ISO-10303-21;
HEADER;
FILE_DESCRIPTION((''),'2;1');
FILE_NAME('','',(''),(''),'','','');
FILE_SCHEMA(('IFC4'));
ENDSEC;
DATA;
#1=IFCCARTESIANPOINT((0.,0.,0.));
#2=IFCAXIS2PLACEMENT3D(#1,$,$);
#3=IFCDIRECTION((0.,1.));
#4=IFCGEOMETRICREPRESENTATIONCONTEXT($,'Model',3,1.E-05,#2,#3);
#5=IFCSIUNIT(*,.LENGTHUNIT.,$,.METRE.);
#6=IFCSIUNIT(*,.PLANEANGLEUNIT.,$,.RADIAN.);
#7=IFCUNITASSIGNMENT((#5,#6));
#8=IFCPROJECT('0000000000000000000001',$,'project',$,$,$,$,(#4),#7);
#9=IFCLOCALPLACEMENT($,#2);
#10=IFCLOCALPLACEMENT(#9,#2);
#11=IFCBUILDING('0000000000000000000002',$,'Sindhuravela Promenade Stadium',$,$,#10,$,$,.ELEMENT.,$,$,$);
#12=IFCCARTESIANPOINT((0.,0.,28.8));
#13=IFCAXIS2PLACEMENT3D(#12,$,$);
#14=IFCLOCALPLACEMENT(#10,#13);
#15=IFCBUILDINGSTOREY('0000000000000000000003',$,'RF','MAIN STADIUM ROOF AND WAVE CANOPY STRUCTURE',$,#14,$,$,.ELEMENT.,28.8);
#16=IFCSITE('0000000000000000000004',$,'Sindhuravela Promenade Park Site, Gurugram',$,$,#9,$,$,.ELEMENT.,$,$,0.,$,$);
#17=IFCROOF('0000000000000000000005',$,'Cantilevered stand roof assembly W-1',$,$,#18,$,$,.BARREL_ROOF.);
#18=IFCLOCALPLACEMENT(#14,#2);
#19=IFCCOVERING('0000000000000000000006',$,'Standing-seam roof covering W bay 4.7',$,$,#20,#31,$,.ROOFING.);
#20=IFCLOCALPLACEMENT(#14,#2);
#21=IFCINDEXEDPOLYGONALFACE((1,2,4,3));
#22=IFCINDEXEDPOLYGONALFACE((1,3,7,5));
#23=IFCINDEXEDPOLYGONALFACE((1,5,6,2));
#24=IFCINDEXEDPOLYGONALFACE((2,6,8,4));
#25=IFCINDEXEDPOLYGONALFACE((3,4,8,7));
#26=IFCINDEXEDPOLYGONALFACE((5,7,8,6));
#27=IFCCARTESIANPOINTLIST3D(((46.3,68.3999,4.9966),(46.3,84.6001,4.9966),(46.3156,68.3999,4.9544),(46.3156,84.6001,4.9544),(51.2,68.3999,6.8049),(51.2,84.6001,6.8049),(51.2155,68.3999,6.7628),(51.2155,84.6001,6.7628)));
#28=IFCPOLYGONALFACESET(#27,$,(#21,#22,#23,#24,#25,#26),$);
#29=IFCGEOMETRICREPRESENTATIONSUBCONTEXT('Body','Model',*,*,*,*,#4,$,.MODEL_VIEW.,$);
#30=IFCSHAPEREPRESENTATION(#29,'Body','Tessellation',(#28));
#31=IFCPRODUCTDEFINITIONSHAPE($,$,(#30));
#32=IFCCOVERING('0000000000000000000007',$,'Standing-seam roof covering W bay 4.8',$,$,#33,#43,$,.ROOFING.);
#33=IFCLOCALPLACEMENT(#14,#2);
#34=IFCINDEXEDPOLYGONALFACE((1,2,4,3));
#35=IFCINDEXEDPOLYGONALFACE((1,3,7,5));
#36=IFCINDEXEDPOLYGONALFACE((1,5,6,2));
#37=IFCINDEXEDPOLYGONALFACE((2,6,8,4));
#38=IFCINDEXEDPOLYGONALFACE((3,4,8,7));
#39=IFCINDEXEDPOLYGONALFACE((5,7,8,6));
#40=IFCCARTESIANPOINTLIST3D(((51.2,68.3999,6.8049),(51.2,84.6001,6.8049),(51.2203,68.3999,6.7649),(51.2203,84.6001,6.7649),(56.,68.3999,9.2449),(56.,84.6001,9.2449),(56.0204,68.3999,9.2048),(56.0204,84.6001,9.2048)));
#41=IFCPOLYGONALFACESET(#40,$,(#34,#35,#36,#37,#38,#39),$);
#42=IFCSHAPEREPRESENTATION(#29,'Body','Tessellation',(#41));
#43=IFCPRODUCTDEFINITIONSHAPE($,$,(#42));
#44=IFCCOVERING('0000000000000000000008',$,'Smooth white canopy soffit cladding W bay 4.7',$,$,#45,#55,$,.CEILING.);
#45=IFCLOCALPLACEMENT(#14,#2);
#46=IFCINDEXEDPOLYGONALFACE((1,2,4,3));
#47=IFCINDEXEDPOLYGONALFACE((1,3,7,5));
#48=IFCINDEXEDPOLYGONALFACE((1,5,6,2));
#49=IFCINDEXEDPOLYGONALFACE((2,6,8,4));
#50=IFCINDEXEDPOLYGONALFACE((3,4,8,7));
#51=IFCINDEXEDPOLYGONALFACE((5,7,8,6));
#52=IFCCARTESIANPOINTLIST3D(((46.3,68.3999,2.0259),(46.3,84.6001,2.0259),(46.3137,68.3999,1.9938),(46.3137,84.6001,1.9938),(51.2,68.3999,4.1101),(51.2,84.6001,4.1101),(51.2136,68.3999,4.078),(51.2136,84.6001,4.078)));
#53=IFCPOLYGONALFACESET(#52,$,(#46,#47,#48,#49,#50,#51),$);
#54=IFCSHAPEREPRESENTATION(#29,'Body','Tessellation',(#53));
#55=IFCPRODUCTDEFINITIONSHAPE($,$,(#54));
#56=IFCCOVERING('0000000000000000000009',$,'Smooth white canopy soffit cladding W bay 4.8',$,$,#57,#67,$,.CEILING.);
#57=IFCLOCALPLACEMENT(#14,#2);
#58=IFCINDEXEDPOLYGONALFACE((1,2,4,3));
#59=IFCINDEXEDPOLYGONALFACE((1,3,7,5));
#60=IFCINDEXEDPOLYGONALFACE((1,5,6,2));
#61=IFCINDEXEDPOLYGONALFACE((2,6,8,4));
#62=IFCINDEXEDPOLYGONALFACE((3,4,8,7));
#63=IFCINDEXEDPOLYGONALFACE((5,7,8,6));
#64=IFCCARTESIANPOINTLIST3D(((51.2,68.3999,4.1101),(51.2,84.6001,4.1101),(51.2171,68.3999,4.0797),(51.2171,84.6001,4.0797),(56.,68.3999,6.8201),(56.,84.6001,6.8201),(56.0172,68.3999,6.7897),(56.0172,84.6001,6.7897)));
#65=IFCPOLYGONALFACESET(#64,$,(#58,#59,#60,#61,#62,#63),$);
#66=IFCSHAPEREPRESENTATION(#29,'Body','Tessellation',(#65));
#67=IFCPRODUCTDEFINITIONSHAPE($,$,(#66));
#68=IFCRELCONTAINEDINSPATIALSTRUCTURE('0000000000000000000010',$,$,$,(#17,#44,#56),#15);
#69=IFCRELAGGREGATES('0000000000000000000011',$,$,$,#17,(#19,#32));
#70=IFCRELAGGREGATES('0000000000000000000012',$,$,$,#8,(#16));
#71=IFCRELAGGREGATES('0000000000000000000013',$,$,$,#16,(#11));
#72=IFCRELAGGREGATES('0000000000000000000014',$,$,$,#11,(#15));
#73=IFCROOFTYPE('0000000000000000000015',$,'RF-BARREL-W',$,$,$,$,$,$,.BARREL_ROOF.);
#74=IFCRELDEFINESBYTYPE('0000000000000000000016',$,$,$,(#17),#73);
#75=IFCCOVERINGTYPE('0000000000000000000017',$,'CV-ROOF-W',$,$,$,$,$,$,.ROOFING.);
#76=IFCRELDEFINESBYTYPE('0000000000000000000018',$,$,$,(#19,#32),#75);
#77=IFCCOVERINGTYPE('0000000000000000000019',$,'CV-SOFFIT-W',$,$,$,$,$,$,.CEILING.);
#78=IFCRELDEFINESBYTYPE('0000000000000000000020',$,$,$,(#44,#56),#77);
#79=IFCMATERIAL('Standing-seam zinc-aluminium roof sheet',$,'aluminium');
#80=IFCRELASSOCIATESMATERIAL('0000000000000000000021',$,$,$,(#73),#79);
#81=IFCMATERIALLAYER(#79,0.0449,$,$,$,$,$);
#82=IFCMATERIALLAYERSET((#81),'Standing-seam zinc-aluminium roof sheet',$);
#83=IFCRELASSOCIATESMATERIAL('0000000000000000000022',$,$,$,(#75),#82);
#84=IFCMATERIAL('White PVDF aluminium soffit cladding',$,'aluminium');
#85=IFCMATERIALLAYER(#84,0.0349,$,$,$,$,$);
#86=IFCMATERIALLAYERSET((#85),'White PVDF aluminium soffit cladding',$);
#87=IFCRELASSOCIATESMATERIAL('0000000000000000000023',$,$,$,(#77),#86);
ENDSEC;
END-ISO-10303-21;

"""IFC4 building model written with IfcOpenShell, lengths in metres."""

from ifc_helpers import new_model, si_unit, direction, frame, origin, place, context, subcontext, project, spatial, polyline, outline, extrude, material, layer, layer_set, type_object, element, aggregate, save


model = new_model("IFC4")

# Units and contexts
model_context = context("Model", 3, precision=1e-05, world=origin(), true_north=direction((0.0, 1.0)))
body_context = subcontext(model_context, "Body", "Model", "MODEL_VIEW")
ifc_project = project(units=[si_unit("LENGTHUNIT", "METRE"), si_unit("PLANEANGLEUNIT", "RADIAN")], contexts=[model_context])

# Site, building, storey
site_placement = place(None, origin())
site = spatial("IfcSite", under=ifc_project, at=site_placement, Name="Sindhuravela Promenade Park Site, Gurugram", CompositionType="ELEMENT", RefElevation=0.0)
building_placement = place(site_placement, origin())
building = spatial("IfcBuilding", under=site, at=building_placement, Name="Sindhuravela Promenade Stadium", CompositionType="ELEMENT")
storey_placement = place(building_placement, frame((0.0, 0.0, 28.8)))
storey = spatial("IfcBuildingStorey", under=building, at=storey_placement, Name="RF", Description="MAIN STADIUM ROOF AND WAVE CANOPY STRUCTURE", CompositionType="ELEMENT", Elevation=28.8)

# Roof, coverings
ifc_material_1 = material(Name="Standing-seam zinc-aluminium roof sheet", Category="aluminium")
roof_type = type_object("IfcRoofType", Name="RF-BARREL-W", PredefinedType="BARREL_ROOF", material=ifc_material_1)
roof_placement = place(storey_placement, origin())
roof = element("IfcRoof", 1, at=roof_placement, inside=storey, type_object=roof_type, Name="Cantilevered stand roof assembly W-1", PredefinedType="BARREL_ROOF")
ifc_layer_1 = layer(ifc_material_1, 0.0449)
ifc_layer_set_1 = layer_set([ifc_layer_1], Name="Standing-seam zinc-aluminium roof sheet")
covering_type_1 = type_object("IfcCoveringType", Name="CV-ROOF-W", PredefinedType="ROOFING", material=ifc_layer_set_1)
covering_1_placement = place(storey_placement, frame((46.3, 68.3999, 4.9966), z_axis=(-0.346232, 0.0, 0.938149), x_axis=(0.0, 1.0, 0.0)))
covering_1 = element("IfcCovering", 2, at=covering_1_placement, type_object=covering_type_1, Name="Standing-seam roof covering W bay 4.7", PredefinedType="ROOFING", context=body_context, shape_type="SweptSolid", body=[
    extrude(outline(polyline([(0.0, 0.0), (0.0, -5.2229), (16.2002, -5.2229), (16.2002, 0.0), (0.0, 0.0)])), origin(), (0.0, 0.0, -1.0), 0.0449),
])
covering_2_placement = place(storey_placement, frame((51.2, 68.3999, 6.8049), z_axis=(-0.453134, 0.0, 0.891442), x_axis=(0.0, 1.0, 0.0)))
covering_2 = element("IfcCovering", 3, at=covering_2_placement, type_object=covering_type_1, Name="Standing-seam roof covering W bay 4.8", PredefinedType="ROOFING", context=body_context, shape_type="SweptSolid", body=[
    extrude(outline(polyline([(0.0, 0.0), (0.0, -5.3846), (16.2002, -5.3846), (16.2002, 0.0), (0.0, 0.0)])), origin(), (0.0, 0.0, -1.0), 0.0449),
])
aggregate(roof, [covering_1, covering_2])

# Coverings
ifc_material_2 = material(Name="White PVDF aluminium soffit cladding", Category="aluminium")
ifc_layer_2 = layer(ifc_material_2, 0.0349)
ifc_layer_set_2 = layer_set([ifc_layer_2], Name="White PVDF aluminium soffit cladding")
covering_type_2 = type_object("IfcCoveringType", Name="CV-SOFFIT-W", PredefinedType="CEILING", material=ifc_layer_set_2)
covering_3_placement = place(storey_placement, frame((46.3, 68.3999, 2.0259), z_axis=(-0.391422, 0.0, 0.920211), x_axis=(0.0, 1.0, 0.0)))
element("IfcCovering", 4, at=covering_3_placement, inside=storey, type_object=covering_type_2, Name="Smooth white canopy soffit cladding W bay 4.7", PredefinedType="CEILING", context=body_context, shape_type="SweptSolid", body=[
    extrude(outline(polyline([(0.0, 0.0), (0.0, -5.3248), (16.2002, -5.3248), (16.2002, 0.0), (0.0, 0.0)])), origin(), (0.0, 0.0, -1.0), 0.0349),
])
covering_4_placement = place(storey_placement, frame((51.2, 68.3999, 4.1101), z_axis=(-0.49163, 0.0, 0.870804), x_axis=(0.0, 1.0, 0.0)))
element("IfcCovering", 5, at=covering_4_placement, inside=storey, type_object=covering_type_2, Name="Smooth white canopy soffit cladding W bay 4.8", PredefinedType="CEILING", context=body_context, shape_type="SweptSolid", body=[
    extrude(outline(polyline([(0.0, 0.0), (0.0, -5.5122), (16.2002, -5.5122), (16.2002, 0.0), (0.0, 0.0)])), origin(), (0.0, 0.0, -1.0), 0.0349),
])

save(model, "model.ifc")
